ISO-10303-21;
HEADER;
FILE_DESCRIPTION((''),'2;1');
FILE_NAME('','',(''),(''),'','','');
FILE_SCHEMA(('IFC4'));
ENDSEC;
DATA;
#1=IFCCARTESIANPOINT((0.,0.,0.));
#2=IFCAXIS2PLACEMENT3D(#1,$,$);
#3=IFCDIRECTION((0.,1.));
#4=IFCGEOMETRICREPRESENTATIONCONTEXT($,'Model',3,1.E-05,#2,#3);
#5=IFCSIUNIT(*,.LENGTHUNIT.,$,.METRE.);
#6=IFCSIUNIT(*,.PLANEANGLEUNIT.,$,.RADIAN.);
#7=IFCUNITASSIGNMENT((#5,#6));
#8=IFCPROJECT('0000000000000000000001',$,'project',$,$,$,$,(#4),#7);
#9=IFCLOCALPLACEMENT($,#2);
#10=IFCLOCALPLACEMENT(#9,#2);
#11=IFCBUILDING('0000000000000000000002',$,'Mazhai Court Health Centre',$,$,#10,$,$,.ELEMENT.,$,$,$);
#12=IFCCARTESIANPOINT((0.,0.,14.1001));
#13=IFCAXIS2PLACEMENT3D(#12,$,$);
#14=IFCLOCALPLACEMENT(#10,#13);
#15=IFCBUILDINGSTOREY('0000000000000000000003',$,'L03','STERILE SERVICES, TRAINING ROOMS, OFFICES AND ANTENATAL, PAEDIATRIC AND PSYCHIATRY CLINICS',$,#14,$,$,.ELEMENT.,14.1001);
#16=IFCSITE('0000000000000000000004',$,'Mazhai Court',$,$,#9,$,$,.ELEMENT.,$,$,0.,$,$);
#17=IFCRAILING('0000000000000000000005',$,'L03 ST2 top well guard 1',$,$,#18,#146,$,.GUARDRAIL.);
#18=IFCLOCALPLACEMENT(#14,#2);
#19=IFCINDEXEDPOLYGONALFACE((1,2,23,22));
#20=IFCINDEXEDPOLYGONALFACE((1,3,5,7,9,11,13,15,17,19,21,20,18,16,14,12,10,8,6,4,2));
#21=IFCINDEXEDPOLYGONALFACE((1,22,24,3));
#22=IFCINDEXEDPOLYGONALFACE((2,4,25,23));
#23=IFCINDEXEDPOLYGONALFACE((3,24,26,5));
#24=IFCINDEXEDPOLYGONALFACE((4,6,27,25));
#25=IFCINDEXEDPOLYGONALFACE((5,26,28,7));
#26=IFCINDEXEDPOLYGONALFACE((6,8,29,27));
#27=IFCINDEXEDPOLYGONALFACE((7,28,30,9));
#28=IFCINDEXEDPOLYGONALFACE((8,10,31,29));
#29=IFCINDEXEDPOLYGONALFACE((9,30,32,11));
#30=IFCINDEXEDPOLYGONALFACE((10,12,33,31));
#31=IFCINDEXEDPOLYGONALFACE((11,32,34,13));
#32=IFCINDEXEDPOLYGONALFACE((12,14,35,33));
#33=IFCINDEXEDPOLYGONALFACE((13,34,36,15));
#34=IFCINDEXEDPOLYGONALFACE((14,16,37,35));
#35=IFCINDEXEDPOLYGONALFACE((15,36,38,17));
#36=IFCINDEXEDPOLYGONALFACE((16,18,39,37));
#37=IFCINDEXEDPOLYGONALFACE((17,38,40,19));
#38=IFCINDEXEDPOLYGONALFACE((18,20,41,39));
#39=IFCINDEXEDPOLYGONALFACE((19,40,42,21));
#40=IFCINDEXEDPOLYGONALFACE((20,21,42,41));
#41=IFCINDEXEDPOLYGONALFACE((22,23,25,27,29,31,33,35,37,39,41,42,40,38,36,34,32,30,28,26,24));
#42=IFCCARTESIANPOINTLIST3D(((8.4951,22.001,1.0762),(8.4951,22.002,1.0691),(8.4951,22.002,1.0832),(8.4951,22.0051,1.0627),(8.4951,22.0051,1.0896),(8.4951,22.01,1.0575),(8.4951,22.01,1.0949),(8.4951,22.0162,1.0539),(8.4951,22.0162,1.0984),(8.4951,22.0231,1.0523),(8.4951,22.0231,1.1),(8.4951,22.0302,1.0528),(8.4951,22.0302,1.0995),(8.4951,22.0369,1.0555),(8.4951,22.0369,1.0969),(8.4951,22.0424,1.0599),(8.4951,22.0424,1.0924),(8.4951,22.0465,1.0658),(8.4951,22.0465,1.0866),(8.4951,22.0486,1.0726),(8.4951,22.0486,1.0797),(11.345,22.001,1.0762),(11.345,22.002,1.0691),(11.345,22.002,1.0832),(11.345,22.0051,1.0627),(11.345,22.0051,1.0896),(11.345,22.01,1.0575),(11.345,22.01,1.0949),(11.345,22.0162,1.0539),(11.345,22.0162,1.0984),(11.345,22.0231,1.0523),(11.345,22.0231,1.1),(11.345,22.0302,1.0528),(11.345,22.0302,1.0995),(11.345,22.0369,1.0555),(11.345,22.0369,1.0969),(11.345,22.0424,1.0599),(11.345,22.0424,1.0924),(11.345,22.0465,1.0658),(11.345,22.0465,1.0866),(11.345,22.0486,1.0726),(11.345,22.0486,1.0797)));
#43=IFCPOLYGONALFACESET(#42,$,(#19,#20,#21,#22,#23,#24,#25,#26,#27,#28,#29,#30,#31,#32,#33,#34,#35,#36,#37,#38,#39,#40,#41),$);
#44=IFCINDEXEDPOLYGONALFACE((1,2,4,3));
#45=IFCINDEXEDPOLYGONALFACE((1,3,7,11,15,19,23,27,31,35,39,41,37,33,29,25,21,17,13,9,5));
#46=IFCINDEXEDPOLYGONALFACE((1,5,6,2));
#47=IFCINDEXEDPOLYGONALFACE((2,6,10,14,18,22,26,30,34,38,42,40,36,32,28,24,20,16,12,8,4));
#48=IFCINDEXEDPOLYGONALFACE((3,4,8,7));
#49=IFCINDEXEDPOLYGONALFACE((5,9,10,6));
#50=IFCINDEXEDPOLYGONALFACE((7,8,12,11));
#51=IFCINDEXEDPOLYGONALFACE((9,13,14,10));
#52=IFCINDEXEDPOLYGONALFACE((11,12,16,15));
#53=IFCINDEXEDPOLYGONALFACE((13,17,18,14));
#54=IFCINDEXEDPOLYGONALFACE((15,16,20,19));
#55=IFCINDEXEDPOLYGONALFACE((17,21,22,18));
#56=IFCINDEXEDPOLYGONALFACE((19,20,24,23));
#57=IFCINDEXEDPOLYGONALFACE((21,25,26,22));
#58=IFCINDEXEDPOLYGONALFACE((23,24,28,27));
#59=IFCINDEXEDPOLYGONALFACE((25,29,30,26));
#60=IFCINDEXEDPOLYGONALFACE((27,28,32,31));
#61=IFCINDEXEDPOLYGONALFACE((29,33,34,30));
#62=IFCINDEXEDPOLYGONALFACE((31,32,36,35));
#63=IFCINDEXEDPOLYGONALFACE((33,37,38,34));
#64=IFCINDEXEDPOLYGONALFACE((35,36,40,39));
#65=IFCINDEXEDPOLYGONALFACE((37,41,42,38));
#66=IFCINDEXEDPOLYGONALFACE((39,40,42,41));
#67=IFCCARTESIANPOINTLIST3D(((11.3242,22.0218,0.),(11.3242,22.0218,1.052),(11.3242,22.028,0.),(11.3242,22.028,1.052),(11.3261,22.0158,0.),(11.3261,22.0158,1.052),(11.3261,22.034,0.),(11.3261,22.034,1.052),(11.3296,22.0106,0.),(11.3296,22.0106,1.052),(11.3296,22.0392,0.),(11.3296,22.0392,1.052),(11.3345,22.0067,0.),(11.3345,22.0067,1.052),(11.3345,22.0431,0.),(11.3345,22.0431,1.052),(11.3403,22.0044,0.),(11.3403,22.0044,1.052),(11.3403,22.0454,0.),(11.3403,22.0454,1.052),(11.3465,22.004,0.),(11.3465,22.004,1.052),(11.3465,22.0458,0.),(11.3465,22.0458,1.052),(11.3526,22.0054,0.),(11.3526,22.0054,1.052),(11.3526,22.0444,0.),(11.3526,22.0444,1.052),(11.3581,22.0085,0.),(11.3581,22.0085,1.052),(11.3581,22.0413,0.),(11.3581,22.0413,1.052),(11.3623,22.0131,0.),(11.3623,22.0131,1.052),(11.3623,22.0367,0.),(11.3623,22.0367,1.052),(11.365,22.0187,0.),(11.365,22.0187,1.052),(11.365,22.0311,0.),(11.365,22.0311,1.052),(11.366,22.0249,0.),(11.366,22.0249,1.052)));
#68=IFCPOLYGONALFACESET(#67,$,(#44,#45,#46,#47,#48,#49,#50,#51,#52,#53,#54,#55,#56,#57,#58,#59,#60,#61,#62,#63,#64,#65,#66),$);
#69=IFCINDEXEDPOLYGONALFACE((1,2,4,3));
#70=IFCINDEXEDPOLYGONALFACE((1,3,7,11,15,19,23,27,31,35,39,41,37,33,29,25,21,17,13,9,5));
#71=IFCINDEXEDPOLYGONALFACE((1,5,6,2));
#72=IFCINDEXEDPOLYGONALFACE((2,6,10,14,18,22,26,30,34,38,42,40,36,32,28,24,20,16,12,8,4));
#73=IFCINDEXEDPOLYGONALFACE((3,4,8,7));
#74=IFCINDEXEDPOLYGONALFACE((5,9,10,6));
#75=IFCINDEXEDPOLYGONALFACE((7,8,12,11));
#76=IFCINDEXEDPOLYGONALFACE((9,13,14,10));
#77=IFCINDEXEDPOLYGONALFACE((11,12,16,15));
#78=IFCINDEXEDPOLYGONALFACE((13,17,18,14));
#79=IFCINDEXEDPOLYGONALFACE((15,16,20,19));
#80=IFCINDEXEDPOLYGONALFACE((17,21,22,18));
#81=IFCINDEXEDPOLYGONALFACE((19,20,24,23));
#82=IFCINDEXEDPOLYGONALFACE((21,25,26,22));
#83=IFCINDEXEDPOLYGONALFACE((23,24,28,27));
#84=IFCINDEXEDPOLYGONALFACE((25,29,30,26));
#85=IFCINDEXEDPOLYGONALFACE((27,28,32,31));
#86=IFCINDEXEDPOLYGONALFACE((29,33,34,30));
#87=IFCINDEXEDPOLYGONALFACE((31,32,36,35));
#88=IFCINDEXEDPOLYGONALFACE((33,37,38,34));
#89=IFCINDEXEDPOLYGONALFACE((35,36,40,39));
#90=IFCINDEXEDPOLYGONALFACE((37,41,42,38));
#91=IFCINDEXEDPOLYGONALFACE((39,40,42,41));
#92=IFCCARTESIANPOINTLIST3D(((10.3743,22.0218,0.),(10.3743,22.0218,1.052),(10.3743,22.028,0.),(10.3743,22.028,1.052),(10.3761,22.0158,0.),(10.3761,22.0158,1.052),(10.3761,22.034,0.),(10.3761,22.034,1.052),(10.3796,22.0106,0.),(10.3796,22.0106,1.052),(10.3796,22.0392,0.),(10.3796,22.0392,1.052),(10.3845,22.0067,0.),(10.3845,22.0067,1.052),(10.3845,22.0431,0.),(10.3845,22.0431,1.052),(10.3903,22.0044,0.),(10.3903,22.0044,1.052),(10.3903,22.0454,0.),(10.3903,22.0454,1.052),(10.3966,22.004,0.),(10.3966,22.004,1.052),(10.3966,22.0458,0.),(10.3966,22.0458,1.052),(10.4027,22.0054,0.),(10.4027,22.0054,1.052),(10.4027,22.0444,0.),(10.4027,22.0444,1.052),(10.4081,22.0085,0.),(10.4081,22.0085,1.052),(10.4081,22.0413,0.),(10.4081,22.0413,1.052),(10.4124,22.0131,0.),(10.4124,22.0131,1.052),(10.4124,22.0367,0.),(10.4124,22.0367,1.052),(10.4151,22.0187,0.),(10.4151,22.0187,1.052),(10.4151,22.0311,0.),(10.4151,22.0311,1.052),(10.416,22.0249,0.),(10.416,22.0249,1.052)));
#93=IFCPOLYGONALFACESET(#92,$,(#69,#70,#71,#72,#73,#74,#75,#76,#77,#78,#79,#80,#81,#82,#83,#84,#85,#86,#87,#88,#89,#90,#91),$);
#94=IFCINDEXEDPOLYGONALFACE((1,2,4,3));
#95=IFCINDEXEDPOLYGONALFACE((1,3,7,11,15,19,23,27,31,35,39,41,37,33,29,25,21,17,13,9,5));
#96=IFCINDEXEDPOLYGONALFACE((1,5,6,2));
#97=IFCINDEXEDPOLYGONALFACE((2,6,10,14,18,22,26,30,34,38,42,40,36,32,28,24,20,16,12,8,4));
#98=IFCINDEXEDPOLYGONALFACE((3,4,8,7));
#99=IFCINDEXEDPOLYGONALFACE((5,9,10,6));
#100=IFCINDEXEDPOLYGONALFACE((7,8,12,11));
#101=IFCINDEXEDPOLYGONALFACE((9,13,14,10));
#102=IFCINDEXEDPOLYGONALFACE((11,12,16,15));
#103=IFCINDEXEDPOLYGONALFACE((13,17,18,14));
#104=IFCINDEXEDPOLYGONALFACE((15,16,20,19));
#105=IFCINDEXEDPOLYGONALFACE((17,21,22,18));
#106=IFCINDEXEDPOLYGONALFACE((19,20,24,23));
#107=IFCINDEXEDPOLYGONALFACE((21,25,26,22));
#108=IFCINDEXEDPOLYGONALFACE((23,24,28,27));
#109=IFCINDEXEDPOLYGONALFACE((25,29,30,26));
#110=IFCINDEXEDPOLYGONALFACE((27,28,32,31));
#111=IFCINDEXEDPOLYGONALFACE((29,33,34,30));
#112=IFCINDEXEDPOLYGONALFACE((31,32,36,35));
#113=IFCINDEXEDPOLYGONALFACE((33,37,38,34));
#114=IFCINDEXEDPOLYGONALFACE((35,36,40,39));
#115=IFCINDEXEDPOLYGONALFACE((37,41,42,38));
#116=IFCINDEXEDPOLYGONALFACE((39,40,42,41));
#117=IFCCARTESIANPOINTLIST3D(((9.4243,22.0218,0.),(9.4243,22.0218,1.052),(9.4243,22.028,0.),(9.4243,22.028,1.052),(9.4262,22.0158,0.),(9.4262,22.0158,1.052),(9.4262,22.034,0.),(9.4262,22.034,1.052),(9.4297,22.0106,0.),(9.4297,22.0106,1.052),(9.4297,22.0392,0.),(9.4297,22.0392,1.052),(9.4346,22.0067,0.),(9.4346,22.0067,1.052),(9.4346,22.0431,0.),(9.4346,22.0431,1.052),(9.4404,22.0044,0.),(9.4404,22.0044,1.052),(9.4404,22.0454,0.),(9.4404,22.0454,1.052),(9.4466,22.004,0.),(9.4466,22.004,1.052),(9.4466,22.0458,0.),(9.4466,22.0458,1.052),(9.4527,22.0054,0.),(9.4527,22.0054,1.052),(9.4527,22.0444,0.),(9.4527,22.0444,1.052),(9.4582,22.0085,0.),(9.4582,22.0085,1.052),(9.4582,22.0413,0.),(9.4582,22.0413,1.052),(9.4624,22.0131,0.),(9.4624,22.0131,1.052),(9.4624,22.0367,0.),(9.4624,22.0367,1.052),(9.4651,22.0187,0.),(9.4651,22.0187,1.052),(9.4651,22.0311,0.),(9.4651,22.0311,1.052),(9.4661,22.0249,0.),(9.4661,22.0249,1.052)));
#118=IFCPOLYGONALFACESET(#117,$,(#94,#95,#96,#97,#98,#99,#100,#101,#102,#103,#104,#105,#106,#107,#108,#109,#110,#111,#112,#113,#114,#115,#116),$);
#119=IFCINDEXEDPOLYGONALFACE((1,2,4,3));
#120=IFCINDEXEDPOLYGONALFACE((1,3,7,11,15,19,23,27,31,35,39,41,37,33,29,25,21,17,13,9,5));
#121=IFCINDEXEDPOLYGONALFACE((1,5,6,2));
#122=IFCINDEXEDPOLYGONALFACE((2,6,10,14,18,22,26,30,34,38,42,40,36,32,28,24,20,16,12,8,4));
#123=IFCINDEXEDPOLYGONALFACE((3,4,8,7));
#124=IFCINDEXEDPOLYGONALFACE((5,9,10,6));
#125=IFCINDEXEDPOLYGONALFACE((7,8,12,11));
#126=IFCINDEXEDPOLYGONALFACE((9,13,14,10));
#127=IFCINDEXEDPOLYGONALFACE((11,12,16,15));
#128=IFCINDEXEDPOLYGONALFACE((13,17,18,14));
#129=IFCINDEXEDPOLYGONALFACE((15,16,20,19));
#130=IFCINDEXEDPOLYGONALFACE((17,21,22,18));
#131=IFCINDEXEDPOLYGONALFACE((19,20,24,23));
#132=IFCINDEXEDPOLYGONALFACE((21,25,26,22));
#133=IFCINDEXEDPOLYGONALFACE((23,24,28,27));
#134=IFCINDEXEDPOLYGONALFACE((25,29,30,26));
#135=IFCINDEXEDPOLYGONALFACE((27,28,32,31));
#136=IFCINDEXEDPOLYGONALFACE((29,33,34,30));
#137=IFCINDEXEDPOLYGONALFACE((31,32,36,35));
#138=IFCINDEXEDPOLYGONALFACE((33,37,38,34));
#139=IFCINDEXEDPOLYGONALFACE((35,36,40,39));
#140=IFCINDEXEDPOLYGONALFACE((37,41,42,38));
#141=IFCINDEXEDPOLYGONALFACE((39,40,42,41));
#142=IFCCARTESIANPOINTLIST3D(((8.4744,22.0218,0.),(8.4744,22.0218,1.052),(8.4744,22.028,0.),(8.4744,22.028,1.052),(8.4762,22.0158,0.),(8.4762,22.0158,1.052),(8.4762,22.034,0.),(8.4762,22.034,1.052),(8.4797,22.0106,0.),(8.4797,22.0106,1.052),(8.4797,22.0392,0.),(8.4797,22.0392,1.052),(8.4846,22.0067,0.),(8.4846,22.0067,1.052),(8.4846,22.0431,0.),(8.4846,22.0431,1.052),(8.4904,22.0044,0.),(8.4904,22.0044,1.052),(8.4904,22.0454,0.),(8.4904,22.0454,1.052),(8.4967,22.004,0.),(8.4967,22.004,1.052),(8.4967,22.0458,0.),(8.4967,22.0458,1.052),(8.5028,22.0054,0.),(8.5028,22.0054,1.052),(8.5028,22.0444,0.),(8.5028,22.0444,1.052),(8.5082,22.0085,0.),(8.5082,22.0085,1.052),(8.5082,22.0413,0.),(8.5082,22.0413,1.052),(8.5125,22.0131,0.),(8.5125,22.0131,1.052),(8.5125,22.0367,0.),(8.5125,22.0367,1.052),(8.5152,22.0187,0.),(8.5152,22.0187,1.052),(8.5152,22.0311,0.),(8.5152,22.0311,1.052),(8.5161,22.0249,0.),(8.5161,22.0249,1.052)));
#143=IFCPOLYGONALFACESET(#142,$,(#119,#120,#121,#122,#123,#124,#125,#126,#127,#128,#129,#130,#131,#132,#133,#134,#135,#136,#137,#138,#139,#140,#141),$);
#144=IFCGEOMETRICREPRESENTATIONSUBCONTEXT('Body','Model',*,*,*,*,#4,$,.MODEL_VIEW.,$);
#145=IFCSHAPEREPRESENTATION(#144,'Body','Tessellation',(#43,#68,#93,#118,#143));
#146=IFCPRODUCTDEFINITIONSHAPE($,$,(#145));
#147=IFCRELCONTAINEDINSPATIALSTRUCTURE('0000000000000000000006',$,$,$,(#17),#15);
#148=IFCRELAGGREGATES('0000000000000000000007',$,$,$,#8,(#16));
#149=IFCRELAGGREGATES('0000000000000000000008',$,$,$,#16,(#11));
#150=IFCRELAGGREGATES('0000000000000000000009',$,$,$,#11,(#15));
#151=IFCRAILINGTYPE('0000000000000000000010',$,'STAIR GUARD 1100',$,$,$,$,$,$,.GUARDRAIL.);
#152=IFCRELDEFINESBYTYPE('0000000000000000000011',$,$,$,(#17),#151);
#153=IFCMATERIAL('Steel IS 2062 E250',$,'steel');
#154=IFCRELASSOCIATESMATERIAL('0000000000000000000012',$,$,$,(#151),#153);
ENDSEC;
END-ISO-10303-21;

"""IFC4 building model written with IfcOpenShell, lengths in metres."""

from ifc_helpers import new_model, si_unit, direction, frame, origin, origin_2d, place, context, subcontext, project, spatial, circle, extrude, material, type_object, element, save


model = new_model("IFC4")

# Units and contexts
model_context = context("Model", 3, precision=1e-05, world=origin(), true_north=direction((0.0, 1.0)))
body_context = subcontext(model_context, "Body", "Model", "MODEL_VIEW")
ifc_project = project(units=[si_unit("LENGTHUNIT", "METRE"), si_unit("PLANEANGLEUNIT", "RADIAN")], contexts=[model_context])

# Site, building, storey
site_placement = place(None, origin())
site = spatial("IfcSite", under=ifc_project, at=site_placement, Name="Mazhai Court", CompositionType="ELEMENT", RefElevation=0.0)
building_placement = place(site_placement, origin())
building = spatial("IfcBuilding", under=site, at=building_placement, Name="Mazhai Court Health Centre", CompositionType="ELEMENT")
storey_placement = place(building_placement, frame((0.0, 0.0, 14.1001)))
storey = spatial("IfcBuildingStorey", under=building, at=storey_placement, Name="L03", Description="STERILE SERVICES, TRAINING ROOMS, OFFICES AND ANTENATAL, PAEDIATRIC AND PSYCHIATRY CLINICS", CompositionType="ELEMENT", Elevation=14.1001)

# Railing
ifc_material_1 = material(Name="Steel IS 2062 E250", Category="steel")
railing_type = type_object("IfcRailingType", Name="STAIR GUARD 1100", PredefinedType="GUARDRAIL", material=ifc_material_1)
railing_placement = place(storey_placement, frame((11.345, 22.0249, 0.0)))
element("IfcRailing", 1, at=railing_placement, inside=storey, type_object=railing_type, Name="L03 ST2 top well guard 1", PredefinedType="GUARDRAIL", context=body_context, shape_type="SweptSolid", body=[
    extrude(circle(Radius=0.0239, at=origin_2d()), frame((0.0, 0.0, 1.0762), z_axis=(-1.0, 0.0, 0.0), x_axis=(0.0, -1.0, 0.0)), (0.0, 0.0, 1.0), 2.8499),
    extrude(circle(Radius=0.021, at=origin_2d()), origin(), (0.0, 0.0, 1.0), 1.052),
    extrude(circle(Radius=0.021, at=origin_2d()), frame((-0.95, 0.0, 0.0)), (0.0, 0.0, 1.0), 1.052),
    extrude(circle(Radius=0.021, at=origin_2d()), frame((-1.8999, 0.0, 0.0)), (0.0, 0.0, 1.0), 1.052),
    extrude(circle(Radius=0.021, at=origin_2d()), frame((-2.8499, 0.0, 0.0)), (0.0, 0.0, 1.0), 1.052),
])

save(model, "model.ifc")
